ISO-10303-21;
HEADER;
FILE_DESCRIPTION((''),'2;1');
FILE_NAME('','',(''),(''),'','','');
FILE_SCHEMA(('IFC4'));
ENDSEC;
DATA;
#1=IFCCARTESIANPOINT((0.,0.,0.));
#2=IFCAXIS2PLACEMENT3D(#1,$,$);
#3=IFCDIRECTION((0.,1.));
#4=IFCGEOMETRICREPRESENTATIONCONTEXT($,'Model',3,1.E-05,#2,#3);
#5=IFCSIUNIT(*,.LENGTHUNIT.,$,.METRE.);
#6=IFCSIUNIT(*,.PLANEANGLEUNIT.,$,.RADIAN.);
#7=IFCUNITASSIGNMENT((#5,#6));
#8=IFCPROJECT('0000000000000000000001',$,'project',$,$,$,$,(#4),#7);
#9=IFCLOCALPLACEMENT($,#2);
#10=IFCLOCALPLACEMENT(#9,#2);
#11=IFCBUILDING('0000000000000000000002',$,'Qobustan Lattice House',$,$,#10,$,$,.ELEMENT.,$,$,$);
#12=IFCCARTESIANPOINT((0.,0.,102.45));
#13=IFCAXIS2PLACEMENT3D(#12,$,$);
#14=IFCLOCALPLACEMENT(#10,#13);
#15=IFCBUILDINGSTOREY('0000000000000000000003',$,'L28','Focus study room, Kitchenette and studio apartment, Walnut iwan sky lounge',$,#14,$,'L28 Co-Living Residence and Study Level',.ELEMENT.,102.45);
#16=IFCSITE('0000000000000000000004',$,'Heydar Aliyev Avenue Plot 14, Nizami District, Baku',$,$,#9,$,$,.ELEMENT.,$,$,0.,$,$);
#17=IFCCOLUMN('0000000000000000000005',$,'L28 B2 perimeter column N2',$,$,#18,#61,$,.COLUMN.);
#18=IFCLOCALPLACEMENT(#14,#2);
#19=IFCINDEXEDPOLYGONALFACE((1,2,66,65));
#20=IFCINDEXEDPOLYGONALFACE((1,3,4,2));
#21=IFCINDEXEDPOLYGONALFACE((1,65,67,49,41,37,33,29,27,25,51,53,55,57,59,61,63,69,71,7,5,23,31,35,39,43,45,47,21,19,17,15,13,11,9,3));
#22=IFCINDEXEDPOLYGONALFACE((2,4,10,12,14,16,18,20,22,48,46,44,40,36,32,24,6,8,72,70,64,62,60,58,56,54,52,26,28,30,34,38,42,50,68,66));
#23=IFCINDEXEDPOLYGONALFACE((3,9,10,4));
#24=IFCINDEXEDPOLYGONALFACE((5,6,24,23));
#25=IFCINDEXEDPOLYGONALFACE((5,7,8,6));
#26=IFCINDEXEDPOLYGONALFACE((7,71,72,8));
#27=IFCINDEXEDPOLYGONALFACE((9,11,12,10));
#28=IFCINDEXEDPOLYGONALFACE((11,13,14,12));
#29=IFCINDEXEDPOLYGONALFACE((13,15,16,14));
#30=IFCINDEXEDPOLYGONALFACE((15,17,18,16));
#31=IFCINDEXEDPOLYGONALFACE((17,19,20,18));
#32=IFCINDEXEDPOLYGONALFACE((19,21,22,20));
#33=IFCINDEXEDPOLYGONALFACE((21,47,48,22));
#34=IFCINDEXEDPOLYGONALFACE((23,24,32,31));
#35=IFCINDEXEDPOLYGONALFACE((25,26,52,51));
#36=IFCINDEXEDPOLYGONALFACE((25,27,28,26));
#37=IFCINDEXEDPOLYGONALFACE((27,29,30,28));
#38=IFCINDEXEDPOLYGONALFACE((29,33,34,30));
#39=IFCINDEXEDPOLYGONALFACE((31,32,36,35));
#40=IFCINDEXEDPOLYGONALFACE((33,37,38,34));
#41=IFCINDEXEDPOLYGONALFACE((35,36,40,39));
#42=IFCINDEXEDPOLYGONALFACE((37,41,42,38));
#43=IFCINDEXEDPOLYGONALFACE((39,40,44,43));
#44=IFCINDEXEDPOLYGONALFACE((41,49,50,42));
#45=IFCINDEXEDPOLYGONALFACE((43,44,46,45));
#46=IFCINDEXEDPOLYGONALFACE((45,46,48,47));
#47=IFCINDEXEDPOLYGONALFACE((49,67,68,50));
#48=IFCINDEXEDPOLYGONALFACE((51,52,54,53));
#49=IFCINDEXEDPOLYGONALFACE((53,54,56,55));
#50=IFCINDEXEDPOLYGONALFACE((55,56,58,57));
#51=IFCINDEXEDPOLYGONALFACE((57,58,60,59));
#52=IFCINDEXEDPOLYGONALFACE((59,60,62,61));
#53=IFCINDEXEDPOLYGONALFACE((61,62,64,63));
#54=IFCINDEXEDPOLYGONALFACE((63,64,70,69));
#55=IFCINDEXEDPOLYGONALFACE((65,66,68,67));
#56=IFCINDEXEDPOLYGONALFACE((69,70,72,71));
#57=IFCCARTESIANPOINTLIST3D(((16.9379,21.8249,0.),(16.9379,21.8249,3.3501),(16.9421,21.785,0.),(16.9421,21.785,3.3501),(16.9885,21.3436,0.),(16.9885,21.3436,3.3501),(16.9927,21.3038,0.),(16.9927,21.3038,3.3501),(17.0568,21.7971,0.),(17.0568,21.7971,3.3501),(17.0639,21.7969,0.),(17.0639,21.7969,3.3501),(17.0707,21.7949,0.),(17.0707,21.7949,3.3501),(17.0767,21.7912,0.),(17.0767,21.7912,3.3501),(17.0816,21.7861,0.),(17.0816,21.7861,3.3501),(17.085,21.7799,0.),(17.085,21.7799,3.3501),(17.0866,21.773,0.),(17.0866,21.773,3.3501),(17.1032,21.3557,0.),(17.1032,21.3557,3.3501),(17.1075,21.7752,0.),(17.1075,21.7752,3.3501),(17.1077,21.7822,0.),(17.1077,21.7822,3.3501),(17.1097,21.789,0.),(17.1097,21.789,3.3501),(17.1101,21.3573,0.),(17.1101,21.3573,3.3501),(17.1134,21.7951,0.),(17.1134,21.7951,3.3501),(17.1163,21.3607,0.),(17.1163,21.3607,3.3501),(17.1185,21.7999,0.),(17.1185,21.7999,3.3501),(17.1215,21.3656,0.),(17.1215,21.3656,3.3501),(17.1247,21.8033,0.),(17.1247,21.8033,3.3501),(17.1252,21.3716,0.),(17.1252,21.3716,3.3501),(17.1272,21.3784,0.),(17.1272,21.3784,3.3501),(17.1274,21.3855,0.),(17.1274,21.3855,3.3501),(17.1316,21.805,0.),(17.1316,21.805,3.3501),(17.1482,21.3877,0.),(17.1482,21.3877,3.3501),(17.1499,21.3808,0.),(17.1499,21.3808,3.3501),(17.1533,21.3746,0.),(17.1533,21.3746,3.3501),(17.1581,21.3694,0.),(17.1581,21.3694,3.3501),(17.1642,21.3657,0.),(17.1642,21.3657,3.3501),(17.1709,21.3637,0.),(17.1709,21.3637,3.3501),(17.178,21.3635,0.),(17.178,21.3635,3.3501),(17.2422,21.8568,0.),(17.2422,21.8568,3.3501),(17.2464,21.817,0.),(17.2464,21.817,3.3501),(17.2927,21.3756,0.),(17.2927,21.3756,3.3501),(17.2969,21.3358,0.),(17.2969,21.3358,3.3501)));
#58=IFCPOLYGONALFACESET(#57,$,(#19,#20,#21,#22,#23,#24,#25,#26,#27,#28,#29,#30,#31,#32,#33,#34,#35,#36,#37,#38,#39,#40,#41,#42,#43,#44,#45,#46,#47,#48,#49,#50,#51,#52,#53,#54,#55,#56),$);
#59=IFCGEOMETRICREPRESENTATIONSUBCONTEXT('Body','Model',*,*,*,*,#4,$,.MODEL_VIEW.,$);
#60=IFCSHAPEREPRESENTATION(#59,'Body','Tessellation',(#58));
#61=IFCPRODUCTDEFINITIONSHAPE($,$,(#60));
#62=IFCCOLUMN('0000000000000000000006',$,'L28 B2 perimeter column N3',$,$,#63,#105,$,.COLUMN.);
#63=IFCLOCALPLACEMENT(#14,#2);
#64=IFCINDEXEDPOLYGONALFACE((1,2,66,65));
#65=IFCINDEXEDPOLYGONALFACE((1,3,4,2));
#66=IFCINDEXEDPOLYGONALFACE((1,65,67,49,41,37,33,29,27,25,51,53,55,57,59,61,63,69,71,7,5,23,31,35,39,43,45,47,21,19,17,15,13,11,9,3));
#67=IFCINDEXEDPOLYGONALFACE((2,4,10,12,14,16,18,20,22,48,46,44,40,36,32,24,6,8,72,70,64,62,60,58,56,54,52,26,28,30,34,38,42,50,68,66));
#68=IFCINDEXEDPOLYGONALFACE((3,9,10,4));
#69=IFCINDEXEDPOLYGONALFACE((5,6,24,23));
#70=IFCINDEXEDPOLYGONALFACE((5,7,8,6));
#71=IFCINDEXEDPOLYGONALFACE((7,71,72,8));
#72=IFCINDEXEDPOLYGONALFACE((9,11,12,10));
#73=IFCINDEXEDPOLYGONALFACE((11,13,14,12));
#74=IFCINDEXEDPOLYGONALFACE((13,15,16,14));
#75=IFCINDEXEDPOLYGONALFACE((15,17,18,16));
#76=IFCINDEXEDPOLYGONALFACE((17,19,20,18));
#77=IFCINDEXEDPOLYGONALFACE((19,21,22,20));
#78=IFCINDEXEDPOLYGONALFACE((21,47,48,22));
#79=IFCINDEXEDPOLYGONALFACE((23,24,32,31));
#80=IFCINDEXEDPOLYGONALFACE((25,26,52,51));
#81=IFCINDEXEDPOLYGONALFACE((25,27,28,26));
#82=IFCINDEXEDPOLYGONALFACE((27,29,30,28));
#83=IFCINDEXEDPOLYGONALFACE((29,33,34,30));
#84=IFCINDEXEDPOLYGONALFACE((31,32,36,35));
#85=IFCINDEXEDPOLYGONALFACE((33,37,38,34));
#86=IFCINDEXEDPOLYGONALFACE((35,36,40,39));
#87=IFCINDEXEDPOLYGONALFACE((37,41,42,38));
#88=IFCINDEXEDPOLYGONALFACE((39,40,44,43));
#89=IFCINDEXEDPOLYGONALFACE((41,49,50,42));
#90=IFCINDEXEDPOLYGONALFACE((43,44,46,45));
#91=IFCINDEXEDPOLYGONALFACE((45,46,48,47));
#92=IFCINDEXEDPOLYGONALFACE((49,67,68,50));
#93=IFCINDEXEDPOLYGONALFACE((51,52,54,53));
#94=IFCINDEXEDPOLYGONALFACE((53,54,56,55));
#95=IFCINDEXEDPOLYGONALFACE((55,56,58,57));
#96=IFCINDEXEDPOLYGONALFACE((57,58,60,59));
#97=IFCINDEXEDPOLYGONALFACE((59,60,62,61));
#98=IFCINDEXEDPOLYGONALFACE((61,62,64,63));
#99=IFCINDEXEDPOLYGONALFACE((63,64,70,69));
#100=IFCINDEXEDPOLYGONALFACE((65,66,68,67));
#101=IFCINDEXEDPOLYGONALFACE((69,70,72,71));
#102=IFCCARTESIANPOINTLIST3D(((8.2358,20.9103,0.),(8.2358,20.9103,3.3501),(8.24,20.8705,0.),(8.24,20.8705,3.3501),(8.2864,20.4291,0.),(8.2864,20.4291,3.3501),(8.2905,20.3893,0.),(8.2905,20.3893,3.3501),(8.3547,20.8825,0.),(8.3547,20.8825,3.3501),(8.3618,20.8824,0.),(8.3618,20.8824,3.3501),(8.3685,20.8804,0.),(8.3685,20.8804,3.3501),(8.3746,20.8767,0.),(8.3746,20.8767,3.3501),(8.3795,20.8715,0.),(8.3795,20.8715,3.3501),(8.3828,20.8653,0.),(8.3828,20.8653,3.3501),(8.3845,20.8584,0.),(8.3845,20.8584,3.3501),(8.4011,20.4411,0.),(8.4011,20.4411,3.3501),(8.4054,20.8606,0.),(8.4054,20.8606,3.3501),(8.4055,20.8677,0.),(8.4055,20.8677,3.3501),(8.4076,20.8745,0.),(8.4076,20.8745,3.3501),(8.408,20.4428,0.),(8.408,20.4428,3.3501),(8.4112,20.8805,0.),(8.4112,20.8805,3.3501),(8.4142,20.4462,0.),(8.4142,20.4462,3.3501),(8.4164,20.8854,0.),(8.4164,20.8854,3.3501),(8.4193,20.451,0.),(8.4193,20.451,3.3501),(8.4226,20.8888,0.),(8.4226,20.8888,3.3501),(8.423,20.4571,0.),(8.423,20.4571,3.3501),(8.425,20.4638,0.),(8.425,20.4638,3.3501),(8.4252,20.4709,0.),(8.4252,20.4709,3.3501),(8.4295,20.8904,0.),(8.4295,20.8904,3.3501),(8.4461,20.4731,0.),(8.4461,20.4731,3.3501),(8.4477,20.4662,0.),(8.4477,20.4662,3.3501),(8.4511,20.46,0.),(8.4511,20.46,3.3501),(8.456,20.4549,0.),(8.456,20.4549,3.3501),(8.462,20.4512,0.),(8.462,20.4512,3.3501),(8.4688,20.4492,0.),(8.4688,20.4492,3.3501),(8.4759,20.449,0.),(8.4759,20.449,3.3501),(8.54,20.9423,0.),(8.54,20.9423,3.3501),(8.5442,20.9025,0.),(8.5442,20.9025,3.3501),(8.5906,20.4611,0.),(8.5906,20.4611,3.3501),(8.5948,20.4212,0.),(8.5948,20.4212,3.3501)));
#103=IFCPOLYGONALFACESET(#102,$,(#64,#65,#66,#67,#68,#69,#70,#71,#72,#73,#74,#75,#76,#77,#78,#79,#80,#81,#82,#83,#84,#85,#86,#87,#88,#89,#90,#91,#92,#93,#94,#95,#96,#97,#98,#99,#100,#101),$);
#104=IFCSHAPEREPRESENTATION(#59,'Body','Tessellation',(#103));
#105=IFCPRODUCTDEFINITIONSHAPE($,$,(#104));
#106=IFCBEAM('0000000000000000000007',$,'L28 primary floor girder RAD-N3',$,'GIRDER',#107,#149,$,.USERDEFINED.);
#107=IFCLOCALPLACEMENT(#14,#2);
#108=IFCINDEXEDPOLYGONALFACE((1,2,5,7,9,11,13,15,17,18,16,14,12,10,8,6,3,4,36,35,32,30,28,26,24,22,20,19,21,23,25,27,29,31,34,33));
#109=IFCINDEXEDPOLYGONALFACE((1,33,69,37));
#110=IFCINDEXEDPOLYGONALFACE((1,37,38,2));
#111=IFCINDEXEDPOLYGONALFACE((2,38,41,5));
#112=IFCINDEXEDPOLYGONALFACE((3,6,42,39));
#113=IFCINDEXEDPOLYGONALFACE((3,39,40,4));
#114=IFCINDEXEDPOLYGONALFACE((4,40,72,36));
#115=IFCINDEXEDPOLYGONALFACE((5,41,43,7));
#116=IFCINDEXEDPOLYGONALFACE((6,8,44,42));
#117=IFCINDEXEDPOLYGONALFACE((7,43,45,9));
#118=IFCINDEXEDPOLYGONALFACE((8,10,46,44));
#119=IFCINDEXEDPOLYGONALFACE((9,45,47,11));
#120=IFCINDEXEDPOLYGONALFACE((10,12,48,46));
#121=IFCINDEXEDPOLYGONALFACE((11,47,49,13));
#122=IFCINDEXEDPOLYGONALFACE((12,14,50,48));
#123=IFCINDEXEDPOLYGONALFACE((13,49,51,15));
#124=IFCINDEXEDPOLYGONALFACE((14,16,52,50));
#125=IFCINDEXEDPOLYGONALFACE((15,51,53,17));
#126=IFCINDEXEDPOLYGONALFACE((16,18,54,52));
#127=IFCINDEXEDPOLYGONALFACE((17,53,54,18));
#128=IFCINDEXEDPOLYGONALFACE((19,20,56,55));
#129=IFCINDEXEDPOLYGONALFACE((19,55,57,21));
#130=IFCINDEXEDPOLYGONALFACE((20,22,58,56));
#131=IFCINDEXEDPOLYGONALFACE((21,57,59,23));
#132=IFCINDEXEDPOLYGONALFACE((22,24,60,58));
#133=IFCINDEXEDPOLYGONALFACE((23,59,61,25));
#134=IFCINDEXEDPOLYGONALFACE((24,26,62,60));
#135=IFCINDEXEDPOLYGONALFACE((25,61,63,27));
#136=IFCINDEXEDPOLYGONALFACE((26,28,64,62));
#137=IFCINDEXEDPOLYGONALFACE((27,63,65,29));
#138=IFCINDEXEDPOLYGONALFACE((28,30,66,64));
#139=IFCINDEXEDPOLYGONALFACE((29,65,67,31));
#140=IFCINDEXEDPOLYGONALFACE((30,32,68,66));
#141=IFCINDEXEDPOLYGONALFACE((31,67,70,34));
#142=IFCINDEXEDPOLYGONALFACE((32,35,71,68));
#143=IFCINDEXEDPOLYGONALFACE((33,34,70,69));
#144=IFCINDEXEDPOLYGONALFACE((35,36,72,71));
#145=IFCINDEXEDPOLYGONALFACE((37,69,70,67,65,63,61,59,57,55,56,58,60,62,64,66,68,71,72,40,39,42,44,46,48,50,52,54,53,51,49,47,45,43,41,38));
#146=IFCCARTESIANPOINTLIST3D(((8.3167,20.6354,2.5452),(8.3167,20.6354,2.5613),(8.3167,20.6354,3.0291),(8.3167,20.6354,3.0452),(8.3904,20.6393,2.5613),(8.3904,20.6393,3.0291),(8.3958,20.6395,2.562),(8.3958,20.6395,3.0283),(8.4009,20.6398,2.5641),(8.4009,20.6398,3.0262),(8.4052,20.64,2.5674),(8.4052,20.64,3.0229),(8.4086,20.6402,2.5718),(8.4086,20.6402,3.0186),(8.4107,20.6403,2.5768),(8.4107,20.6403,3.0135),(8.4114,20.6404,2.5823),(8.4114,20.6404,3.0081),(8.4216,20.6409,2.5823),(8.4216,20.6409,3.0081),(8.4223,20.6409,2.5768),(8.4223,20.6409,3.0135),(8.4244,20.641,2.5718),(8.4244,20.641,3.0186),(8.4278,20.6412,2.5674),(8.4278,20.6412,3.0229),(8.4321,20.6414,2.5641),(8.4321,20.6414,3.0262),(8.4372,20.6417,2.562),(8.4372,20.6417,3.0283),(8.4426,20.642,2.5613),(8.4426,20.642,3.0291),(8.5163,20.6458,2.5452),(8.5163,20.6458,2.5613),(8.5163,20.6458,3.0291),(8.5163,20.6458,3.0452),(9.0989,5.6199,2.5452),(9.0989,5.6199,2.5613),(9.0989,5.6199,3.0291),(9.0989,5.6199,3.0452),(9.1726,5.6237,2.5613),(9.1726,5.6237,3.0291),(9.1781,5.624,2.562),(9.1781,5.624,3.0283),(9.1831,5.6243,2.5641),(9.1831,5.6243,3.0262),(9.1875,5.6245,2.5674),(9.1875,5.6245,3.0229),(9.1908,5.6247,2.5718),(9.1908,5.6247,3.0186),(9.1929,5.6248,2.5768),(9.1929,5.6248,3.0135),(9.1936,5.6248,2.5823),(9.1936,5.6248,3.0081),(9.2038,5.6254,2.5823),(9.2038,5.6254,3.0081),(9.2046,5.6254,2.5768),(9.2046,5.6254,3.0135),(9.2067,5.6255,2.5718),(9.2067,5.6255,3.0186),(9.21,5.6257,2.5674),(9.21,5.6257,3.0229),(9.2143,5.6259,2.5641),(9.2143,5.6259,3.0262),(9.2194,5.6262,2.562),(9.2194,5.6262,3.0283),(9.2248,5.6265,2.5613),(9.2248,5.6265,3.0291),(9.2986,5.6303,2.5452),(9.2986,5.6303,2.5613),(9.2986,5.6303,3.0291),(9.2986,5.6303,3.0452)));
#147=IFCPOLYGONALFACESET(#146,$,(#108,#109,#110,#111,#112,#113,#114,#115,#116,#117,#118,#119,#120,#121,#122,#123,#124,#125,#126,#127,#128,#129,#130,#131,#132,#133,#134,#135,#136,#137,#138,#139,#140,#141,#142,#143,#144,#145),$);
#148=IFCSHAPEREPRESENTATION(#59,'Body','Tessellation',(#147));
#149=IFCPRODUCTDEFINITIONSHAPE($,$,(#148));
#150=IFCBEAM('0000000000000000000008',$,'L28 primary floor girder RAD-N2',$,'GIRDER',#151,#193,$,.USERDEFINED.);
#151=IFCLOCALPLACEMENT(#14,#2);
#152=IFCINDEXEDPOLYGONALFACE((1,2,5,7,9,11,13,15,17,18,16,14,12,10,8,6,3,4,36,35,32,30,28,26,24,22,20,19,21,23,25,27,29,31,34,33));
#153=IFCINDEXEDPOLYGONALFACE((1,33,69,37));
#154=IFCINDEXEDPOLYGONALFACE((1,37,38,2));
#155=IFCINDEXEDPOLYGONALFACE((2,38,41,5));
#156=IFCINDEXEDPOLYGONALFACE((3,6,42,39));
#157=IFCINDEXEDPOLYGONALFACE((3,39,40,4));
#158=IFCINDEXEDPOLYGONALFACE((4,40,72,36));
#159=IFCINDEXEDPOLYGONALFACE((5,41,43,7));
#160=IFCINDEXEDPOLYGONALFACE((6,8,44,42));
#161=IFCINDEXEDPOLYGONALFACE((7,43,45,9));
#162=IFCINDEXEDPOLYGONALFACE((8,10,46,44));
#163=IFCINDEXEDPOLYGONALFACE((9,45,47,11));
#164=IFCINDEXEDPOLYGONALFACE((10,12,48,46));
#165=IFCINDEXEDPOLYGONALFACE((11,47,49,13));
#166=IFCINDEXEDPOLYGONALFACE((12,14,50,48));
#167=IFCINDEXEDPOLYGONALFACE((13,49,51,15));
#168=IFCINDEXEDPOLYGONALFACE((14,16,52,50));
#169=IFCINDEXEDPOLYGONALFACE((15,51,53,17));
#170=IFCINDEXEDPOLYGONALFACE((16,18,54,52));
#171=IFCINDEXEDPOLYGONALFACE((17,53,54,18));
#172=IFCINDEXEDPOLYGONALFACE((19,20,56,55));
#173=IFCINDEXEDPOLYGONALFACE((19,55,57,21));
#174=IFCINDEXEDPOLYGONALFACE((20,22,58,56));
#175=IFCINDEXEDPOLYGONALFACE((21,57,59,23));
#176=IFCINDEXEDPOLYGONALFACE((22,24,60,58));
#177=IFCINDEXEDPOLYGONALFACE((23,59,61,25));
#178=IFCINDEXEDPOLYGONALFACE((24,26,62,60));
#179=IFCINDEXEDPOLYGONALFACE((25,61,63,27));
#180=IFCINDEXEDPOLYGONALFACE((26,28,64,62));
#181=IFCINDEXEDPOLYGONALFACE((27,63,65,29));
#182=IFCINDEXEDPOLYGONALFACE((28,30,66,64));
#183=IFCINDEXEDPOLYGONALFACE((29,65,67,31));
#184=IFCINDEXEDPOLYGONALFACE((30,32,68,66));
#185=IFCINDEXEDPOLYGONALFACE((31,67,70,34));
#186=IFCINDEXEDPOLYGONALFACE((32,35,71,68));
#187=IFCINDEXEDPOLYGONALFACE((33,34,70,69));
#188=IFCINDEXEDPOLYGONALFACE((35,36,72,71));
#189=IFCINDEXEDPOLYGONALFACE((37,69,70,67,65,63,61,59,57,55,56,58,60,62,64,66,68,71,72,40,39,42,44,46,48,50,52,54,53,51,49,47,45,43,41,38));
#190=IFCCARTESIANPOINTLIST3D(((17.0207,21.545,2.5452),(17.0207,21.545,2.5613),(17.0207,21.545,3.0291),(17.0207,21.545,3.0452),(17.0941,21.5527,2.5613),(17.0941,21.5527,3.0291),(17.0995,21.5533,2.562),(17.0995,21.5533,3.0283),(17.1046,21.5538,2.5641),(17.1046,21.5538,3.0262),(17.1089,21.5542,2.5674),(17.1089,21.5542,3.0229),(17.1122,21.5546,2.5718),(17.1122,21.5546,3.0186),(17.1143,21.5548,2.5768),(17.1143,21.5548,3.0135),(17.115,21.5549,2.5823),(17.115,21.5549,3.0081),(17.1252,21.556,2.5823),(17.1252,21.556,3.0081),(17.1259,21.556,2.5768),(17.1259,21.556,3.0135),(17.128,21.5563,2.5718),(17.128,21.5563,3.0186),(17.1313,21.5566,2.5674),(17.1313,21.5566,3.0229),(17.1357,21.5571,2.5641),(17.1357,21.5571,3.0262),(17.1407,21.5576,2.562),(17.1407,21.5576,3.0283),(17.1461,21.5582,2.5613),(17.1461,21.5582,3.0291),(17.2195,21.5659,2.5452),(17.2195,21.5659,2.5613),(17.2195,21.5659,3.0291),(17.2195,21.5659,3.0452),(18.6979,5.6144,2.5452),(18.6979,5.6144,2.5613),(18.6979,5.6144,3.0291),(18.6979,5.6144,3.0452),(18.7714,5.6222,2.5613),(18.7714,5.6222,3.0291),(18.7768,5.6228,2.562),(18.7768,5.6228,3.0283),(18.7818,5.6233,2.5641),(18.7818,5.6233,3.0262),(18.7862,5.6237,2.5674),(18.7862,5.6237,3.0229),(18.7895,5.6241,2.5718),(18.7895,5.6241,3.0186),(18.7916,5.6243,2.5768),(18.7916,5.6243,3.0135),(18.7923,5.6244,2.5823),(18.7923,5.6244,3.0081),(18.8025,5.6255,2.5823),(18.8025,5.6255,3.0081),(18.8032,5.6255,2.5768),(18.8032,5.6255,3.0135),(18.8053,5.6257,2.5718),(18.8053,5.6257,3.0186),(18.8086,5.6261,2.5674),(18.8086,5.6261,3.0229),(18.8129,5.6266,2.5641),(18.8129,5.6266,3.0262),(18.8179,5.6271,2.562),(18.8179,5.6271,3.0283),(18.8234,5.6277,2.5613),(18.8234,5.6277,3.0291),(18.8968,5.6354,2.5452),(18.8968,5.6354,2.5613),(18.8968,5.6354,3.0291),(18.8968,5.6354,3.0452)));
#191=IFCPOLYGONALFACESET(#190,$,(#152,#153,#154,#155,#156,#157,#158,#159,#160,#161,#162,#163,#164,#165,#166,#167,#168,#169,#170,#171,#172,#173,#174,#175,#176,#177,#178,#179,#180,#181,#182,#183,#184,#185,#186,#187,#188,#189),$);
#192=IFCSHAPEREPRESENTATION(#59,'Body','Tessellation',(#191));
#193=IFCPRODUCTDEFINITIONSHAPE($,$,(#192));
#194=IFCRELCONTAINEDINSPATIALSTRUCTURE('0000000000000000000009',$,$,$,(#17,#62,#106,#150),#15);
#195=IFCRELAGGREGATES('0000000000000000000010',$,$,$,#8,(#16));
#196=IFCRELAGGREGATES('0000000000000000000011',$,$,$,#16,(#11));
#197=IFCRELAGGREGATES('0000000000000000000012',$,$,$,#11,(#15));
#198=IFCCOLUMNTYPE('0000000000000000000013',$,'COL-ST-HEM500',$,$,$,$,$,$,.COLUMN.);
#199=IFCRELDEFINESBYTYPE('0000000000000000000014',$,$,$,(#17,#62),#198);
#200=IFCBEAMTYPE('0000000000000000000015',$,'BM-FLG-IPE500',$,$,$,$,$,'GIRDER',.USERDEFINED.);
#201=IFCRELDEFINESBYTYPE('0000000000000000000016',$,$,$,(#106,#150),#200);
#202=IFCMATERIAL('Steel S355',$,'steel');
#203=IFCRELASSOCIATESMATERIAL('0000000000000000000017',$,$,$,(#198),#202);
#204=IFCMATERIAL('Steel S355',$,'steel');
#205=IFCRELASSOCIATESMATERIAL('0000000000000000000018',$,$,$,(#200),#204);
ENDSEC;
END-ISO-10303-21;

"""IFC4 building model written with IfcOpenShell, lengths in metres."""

from ifc_helpers import new_model, si_unit, direction, frame, origin, origin_2d, place, context, subcontext, project, spatial, i_section, extrude, material, material_profile, profile_set, type_object, element, save


model = new_model("IFC4")

# Units and contexts
model_context = context("Model", 3, precision=1e-05, world=origin(), true_north=direction((0.0, 1.0)))
body_context = subcontext(model_context, "Body", "Model", "MODEL_VIEW")
ifc_project = project(units=[si_unit("LENGTHUNIT", "METRE"), si_unit("PLANEANGLEUNIT", "RADIAN")], contexts=[model_context])

# Site, building, storey
site_placement = place(None, origin())
site = spatial("IfcSite", under=ifc_project, at=site_placement, Name="Heydar Aliyev Avenue Plot 14, Nizami District, Baku", CompositionType="ELEMENT", RefElevation=0.0)
building_placement = place(site_placement, origin())
building = spatial("IfcBuilding", under=site, at=building_placement, Name="Qobustan Lattice House", CompositionType="ELEMENT")
storey_placement = place(building_placement, frame((0.0, 0.0, 102.45)))
storey = spatial("IfcBuildingStorey", under=building, at=storey_placement, Name="L28", Description="Focus study room, Kitchenette and studio apartment, Walnut iwan sky lounge", LongName="L28 Co-Living Residence and Study Level", CompositionType="ELEMENT", Elevation=102.45)

# Columns
ifc_material_1 = material(Name="Steel S355", Category="steel")
ifc_material_profile_1 = material_profile(ifc_material_1, i_section(OverallWidth=0.3059, OverallDepth=0.5239, WebThickness=0.021, FlangeThickness=0.04, FilletRadius=0.0271, at=origin_2d()), Name="HEM500")
ifc_profile_set_1 = profile_set([ifc_material_profile_1], Name="Steel S355")
column_type = type_object("IfcColumnType", Name="COL-ST-HEM500", PredefinedType="COLUMN", material=ifc_profile_set_1)
for number, where, z_axis, x_axis, name in (
    (1, (17.1174, 21.5803, 0.0), (0.0, 0.0, 1.0), (0.994522, 0.104528, 0.0), "L28 B2 perimeter column N2"),
    (2, (8.4153, 20.6658, 0.0), (0.0, 0.0, 1.0), (0.994522, 0.104528, 0.0), "L28 B2 perimeter column N3"),
):
    element("IfcColumn", number, at=place(storey_placement, frame(where, z_axis=z_axis, x_axis=x_axis)), inside=storey, type_object=column_type, Name=name, PredefinedType="COLUMN", context=body_context, shape_type="SweptSolid", body=[
        extrude(i_section(OverallWidth=0.3059, OverallDepth=0.5239, WebThickness=0.021, FlangeThickness=0.04, FilletRadius=0.0271, at=origin_2d()), origin(), (0.0, 0.0, 1.0), 3.3501),
    ])

# Beams
ifc_material_2 = material(Name="Steel S355", Category="steel")
ifc_material_profile_2 = material_profile(ifc_material_2, i_section(OverallWidth=0.2, OverallDepth=0.5, WebThickness=0.0103, FlangeThickness=0.0161, FilletRadius=0.021, at=origin_2d()), Name="IPE500")
ifc_profile_set_2 = profile_set([ifc_material_profile_2], Name="Steel S355")
beam_type_1 = type_object("IfcBeamType", Name="BM-FLG-IPE500", ElementType="GIRDER", PredefinedType="USERDEFINED", material=ifc_profile_set_2)
beam_1_placement = place(storey_placement, frame((8.4165, 20.6406, 2.7952), z_axis=(0.052024, -0.998646, 0.0), x_axis=(0.998646, 0.052024, 0.0)))
element("IfcBeam", 3, at=beam_1_placement, inside=storey, type_object=beam_type_1, Name="L28 primary floor girder RAD-N3", ObjectType="GIRDER", PredefinedType="USERDEFINED", context=body_context, shape_type="SweptSolid", body=[
    extrude(i_section(OverallWidth=0.2, OverallDepth=0.5, WebThickness=0.0103, FlangeThickness=0.0161, FilletRadius=0.021, at=origin_2d()), origin(), (0.0, 0.0, 1.0), 15.0359),
])
beam_2_placement = place(storey_placement, frame((17.1201, 21.5554, 2.7952), z_axis=(0.104707, -0.994503, 0.0), x_axis=(0.994503, 0.104707, 0.0)))
element("IfcBeam", 4, at=beam_2_placement, inside=storey, type_object=beam_type_1, Name="L28 primary floor girder RAD-N2", ObjectType="GIRDER", PredefinedType="USERDEFINED", context=body_context, shape_type="SweptSolid", body=[
    extrude(i_section(OverallWidth=0.2, OverallDepth=0.5, WebThickness=0.0103, FlangeThickness=0.0161, FilletRadius=0.021, at=origin_2d()), origin(), (0.0, 0.0, 1.0), 16.0186),
])

save(model, "model.ifc")
